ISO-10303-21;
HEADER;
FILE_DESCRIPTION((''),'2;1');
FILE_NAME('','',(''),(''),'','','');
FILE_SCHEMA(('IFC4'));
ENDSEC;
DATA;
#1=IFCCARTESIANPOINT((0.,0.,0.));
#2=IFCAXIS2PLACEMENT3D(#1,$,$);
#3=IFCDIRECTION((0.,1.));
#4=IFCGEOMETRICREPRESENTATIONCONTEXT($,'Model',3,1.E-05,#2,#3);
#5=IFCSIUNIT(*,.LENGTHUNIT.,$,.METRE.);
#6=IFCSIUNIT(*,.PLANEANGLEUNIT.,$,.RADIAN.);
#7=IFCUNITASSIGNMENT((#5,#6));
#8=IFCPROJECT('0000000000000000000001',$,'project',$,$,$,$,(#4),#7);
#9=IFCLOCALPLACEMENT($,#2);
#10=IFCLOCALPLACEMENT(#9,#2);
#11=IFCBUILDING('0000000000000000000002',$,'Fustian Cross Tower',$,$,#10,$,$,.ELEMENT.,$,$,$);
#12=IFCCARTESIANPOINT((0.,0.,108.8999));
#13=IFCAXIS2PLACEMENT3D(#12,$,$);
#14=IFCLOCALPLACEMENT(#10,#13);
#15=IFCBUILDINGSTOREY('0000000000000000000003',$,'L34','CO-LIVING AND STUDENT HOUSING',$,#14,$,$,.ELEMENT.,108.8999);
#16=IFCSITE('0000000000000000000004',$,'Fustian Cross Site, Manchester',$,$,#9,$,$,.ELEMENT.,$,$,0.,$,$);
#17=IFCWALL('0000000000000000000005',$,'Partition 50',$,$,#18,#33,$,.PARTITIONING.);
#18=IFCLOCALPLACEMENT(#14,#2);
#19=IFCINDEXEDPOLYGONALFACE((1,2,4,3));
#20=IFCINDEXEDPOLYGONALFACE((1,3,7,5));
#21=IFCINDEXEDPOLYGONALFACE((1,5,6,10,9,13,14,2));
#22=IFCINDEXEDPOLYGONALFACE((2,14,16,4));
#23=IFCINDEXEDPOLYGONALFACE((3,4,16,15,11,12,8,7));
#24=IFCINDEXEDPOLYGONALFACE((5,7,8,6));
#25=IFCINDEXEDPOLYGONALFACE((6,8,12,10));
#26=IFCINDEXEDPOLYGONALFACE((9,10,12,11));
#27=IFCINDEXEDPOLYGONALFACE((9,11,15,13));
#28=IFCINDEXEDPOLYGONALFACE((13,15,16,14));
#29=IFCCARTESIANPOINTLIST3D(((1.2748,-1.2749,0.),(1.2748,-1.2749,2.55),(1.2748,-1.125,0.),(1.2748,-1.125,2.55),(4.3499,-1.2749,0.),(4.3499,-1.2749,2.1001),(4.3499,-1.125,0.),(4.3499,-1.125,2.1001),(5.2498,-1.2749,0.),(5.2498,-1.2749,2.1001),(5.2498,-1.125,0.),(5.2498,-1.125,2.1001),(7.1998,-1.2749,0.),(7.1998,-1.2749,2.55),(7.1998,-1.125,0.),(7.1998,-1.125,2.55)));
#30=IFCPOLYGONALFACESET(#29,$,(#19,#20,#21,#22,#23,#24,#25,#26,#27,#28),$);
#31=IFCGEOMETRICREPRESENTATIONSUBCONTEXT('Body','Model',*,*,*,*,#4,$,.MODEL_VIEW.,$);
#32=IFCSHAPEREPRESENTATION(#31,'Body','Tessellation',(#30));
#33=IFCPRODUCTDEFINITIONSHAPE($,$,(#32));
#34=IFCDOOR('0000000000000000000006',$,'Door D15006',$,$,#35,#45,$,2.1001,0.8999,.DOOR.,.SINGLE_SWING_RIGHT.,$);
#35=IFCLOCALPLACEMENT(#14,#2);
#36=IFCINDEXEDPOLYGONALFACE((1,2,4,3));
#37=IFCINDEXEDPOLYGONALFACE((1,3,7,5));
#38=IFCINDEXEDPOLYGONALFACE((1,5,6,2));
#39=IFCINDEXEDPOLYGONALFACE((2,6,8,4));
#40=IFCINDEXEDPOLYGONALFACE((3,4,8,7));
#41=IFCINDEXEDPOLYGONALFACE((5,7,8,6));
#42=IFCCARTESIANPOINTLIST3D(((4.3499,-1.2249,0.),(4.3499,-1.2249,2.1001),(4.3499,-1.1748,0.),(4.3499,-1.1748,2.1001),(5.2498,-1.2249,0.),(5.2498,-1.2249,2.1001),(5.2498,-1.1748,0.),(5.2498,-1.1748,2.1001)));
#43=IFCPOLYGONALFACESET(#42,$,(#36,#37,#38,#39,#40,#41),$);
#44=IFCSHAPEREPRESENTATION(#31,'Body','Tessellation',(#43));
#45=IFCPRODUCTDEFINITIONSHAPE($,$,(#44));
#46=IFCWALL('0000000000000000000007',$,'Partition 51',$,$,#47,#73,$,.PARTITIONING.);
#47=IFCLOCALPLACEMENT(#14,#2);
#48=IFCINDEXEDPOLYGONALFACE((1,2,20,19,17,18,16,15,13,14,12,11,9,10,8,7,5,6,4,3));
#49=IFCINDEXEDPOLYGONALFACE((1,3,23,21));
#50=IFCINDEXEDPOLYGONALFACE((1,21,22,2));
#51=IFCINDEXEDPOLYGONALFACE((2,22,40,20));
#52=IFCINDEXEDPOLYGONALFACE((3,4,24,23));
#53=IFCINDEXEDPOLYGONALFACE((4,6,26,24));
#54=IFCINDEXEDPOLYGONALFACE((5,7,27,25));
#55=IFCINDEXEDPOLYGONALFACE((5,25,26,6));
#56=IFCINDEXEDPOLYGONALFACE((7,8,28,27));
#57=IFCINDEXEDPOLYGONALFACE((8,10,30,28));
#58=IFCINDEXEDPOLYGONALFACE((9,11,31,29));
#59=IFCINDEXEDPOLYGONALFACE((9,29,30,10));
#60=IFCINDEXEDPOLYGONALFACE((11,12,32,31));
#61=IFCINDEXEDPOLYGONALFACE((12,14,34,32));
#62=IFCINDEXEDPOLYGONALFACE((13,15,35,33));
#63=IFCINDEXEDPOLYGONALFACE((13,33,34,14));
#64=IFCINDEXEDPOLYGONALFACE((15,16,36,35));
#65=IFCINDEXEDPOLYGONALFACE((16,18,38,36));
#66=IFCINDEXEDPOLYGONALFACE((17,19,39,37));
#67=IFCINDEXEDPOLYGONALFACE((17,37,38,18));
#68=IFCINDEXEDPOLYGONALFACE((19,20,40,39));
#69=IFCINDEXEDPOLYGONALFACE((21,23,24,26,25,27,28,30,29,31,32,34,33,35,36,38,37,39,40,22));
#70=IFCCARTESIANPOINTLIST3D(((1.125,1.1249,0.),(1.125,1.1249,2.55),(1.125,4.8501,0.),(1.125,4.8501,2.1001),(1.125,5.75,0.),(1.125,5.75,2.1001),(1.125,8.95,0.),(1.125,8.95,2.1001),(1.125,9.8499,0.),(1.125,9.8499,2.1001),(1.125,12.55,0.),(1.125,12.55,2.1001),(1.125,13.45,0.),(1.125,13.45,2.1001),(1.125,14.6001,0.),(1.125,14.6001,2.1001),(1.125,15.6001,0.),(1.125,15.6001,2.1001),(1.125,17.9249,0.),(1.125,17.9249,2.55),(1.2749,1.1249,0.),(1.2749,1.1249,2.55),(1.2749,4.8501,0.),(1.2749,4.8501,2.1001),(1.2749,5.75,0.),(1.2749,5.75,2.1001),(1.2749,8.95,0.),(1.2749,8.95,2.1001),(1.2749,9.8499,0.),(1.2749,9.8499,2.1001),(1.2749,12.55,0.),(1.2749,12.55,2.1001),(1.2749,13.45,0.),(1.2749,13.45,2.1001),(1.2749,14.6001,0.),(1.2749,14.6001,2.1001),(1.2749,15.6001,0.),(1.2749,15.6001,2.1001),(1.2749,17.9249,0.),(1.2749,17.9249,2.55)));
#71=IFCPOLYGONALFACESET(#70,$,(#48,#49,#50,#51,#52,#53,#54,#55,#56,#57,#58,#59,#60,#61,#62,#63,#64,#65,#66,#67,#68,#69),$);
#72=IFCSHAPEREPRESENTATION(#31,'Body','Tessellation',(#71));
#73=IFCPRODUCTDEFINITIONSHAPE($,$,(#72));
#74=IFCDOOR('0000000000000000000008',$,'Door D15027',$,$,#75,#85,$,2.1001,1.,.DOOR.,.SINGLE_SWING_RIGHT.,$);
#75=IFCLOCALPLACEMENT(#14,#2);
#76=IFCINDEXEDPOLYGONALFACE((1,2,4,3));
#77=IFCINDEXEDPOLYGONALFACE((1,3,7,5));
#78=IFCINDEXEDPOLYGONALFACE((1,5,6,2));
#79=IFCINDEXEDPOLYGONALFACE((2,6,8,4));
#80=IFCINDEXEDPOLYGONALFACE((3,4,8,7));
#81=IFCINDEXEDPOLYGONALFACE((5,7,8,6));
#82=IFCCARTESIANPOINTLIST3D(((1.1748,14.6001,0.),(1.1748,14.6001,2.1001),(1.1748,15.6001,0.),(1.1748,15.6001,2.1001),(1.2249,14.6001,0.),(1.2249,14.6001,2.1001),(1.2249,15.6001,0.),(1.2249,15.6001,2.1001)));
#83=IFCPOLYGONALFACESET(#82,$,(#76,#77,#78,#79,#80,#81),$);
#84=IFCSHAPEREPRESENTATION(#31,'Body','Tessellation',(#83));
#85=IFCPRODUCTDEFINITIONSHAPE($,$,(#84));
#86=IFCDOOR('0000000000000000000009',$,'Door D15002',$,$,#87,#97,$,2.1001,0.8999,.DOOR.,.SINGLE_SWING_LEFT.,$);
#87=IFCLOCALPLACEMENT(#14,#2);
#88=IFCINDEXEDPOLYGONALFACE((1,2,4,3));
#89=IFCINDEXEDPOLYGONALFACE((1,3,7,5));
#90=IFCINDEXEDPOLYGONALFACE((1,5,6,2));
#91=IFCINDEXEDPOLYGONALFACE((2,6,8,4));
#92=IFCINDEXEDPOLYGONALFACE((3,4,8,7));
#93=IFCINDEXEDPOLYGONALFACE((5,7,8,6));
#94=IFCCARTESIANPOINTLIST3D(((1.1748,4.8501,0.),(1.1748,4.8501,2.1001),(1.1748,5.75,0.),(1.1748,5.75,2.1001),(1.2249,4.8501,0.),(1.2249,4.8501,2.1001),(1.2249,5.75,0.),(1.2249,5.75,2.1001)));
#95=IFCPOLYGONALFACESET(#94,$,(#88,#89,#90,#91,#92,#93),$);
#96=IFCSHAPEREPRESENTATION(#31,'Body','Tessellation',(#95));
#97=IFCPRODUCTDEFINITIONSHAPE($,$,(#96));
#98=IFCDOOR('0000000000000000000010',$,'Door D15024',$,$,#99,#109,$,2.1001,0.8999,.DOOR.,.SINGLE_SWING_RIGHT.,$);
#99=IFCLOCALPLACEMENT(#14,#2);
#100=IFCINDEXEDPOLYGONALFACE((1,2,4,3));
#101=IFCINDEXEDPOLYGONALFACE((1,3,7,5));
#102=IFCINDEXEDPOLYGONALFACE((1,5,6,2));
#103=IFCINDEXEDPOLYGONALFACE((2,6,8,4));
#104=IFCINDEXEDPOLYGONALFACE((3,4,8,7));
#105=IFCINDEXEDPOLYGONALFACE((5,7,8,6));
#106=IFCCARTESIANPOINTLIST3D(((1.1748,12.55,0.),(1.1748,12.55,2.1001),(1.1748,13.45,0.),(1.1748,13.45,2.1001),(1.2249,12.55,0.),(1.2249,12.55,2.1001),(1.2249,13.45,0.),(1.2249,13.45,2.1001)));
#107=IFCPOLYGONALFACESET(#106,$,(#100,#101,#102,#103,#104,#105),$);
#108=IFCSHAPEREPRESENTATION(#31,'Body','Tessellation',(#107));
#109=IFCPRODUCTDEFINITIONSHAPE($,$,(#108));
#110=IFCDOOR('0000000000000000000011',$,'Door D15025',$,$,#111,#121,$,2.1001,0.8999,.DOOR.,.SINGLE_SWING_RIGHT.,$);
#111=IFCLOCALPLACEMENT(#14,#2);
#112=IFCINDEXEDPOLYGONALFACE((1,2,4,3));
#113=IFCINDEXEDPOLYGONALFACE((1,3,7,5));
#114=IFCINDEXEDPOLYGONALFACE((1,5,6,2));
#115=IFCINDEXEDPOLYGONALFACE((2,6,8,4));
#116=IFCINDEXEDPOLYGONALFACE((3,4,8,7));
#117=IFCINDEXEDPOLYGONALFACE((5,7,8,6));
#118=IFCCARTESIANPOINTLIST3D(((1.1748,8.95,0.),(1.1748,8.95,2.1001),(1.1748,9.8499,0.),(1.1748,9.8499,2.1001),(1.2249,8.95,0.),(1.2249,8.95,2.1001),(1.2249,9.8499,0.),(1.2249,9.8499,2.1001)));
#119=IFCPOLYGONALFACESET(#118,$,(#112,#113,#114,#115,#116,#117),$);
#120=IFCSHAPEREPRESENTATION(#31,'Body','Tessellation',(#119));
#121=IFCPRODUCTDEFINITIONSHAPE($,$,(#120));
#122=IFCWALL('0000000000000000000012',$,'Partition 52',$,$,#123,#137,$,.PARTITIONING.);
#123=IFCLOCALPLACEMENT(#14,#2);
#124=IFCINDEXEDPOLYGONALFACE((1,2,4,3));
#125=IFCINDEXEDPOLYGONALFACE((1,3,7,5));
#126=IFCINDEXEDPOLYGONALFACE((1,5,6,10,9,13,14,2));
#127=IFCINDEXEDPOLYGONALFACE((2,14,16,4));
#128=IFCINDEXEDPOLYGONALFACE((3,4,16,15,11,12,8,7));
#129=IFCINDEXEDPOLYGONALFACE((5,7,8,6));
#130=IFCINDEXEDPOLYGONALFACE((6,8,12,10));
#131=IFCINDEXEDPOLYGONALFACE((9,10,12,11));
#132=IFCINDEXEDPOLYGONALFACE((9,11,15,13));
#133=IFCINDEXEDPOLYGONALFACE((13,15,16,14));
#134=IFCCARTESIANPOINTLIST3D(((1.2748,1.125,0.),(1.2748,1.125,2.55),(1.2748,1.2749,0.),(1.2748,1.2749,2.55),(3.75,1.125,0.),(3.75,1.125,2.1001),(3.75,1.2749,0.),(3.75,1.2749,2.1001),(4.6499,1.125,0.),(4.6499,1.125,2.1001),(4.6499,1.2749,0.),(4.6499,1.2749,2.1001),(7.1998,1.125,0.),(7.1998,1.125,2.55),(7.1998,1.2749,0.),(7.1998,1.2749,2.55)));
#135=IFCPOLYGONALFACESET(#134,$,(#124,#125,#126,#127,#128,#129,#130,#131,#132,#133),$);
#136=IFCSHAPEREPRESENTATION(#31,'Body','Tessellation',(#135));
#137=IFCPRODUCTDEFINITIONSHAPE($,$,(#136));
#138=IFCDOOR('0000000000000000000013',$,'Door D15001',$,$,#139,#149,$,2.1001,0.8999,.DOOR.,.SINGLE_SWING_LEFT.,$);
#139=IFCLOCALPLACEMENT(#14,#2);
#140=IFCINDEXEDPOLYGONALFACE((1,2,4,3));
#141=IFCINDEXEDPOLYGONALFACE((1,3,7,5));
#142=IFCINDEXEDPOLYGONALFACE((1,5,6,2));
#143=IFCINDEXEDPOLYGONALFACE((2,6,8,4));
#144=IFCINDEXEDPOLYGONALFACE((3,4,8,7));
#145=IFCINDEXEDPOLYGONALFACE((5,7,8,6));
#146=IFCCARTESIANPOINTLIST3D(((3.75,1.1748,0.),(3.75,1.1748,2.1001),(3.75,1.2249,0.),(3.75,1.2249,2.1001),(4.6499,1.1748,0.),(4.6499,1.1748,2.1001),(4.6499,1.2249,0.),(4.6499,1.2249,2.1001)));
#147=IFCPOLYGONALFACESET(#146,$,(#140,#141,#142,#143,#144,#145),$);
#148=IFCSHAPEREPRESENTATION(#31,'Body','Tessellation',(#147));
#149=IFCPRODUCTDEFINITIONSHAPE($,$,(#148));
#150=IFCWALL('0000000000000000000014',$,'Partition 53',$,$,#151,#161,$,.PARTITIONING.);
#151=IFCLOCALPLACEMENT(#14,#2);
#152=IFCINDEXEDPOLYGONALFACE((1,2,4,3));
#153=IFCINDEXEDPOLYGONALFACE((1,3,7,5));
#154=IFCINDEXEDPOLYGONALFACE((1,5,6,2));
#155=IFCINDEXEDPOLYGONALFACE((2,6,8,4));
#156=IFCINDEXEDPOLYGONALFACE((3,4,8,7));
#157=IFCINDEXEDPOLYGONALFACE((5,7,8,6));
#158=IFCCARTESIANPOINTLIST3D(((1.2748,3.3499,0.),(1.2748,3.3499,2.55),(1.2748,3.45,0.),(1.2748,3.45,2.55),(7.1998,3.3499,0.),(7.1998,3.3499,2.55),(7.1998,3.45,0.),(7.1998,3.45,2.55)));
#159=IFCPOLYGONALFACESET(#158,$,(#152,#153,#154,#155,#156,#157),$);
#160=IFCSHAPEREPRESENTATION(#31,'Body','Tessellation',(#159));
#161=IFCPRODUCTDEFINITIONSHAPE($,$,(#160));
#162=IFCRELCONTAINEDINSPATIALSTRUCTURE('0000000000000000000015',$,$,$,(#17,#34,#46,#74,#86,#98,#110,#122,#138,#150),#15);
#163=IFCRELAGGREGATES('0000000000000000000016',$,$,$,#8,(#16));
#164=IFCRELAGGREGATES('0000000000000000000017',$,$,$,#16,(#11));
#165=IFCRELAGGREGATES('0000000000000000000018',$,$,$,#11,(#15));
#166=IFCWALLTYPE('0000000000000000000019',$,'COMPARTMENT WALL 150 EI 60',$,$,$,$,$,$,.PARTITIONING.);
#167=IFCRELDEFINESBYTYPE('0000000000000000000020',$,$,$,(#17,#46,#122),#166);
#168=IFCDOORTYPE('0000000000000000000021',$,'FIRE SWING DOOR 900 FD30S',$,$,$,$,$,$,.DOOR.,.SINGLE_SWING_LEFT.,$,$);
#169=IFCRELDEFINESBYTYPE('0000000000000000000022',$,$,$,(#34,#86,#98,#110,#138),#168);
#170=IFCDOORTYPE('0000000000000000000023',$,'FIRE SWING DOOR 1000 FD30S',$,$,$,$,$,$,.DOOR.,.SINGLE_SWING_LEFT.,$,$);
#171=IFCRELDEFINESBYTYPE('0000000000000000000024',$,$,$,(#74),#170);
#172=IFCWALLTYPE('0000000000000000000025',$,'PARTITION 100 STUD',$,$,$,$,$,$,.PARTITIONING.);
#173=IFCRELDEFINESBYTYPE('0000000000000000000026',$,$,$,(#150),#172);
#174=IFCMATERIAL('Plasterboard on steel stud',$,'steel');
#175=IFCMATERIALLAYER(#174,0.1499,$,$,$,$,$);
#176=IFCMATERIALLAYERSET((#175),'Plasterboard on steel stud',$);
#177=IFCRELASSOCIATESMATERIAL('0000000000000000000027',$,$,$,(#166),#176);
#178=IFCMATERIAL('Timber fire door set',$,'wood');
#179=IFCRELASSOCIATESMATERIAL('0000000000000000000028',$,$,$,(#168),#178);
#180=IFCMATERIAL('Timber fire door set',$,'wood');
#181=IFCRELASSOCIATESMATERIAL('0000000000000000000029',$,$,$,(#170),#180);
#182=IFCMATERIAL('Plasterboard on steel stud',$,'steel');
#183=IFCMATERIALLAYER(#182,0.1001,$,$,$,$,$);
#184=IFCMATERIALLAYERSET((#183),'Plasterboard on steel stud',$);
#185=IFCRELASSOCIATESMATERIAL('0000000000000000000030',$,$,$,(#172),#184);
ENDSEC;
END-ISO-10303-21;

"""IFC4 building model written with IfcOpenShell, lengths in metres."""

from ifc_helpers import new_model, si_unit, direction, frame, frame_2d, origin, place, context, subcontext, project, spatial, rectangle, extrude, material, layer, layer_set, type_object, element, fill, save


model = new_model("IFC4")

# Units and contexts
model_context = context("Model", 3, precision=1e-05, world=origin(), true_north=direction((0.0, 1.0)))
body_context = subcontext(model_context, "Body", "Model", "MODEL_VIEW")
ifc_project = project(units=[si_unit("LENGTHUNIT", "METRE"), si_unit("PLANEANGLEUNIT", "RADIAN")], contexts=[model_context])

# Site, building, storey
site_placement = place(None, origin())
site = spatial("IfcSite", under=ifc_project, at=site_placement, Name="Fustian Cross Site, Manchester", CompositionType="ELEMENT", RefElevation=0.0)
building_placement = place(site_placement, origin())
building = spatial("IfcBuilding", under=site, at=building_placement, Name="Fustian Cross Tower", CompositionType="ELEMENT")
storey_placement = place(building_placement, frame((0.0, 0.0, 108.8999)))
storey = spatial("IfcBuildingStorey", under=building, at=storey_placement, Name="L34", Description="CO-LIVING AND STUDENT HOUSING", CompositionType="ELEMENT", Elevation=108.8999)

# Wall, opening, door
ifc_material_1 = material(Name="Plasterboard on steel stud", Category="steel")
ifc_layer_1 = layer(ifc_material_1, 0.1499)
ifc_layer_set_1 = layer_set([ifc_layer_1], Name="Plasterboard on steel stud")
wall_type_1 = type_object("IfcWallType", Name="COMPARTMENT WALL 150 EI 60", PredefinedType="PARTITIONING", material=ifc_layer_set_1)
wall_1_placement = place(storey_placement, frame((1.2749, -1.2, 0.0), z_axis=(0.0, 0.0, 1.0), x_axis=(1.0, 0.0, 0.0)))
wall_1 = element("IfcWall", 1, at=wall_1_placement, inside=storey, type_object=wall_type_1, Name="Partition 50", PredefinedType="PARTITIONING", context=body_context, shape_type="SweptSolid", body=[
    extrude(rectangle(XDim=5.925, YDim=0.1499, at=frame_2d((2.9624, 0.0))), origin(), (0.0, 0.0, 1.0), 2.55),
])
opening_1_placement = place(wall_1_placement, frame((3.075, 0.0, 0.0)))
opening_1 = element("IfcOpeningElement", 2, at=opening_1_placement, cuts=wall_1, PredefinedType="OPENING", context=body_context, shape_type="SweptSolid", body=[
    extrude(rectangle(XDim=0.8999, YDim=2.1001, at=frame_2d((0.45, 1.05))), frame((0.0, 0.085, 0.0), z_axis=(0.0, -1.0, 0.0), x_axis=(1.0, 0.0, 0.0)), (0.0, 0.0, 1.0), 0.1699),
])
ifc_material_2 = material(Name="Timber fire door set", Category="wood")
door_type_1 = type_object("IfcDoorType", Name="FIRE SWING DOOR 900 FD30S", OperationType="SINGLE_SWING_LEFT", PredefinedType="DOOR", material=ifc_material_2)
door_1_placement = place(opening_1_placement, frame((0.8999, 0.0, 0.0), z_axis=(0.0, 0.0, 1.0), x_axis=(-1.0, 0.0, 0.0)))
door_1 = element("IfcDoor", 3, at=door_1_placement, inside=storey, type_object=door_type_1, Name="Door D15006", OperationType="SINGLE_SWING_RIGHT", OverallHeight=2.1001, OverallWidth=0.8999, PredefinedType="DOOR", context=body_context, shape_type="SweptSolid", body=[
    extrude(rectangle(XDim=0.8999, YDim=2.1001, at=frame_2d((0.45, 1.05))), frame((0.0, 0.0249, 0.0), z_axis=(0.0, -1.0, 0.0), x_axis=(1.0, 0.0, 0.0)), (0.0, 0.0, 1.0), 0.05),
])
fill(opening_1, door_1)

# Wall, openings, doors
wall_2_placement = place(storey_placement, frame((1.2, 1.125, 0.0), z_axis=(0.0, 0.0, 1.0), x_axis=(0.0, 1.0, 0.0)))
wall_2 = element("IfcWall", 4, at=wall_2_placement, inside=storey, type_object=wall_type_1, Name="Partition 51", PredefinedType="PARTITIONING", context=body_context, shape_type="SweptSolid", body=[
    extrude(rectangle(XDim=16.8, YDim=0.1499, at=frame_2d((8.3999, 0.0))), origin(), (0.0, 0.0, 1.0), 2.55),
])
opening_2_placement = place(wall_2_placement, frame((3.7251, 0.0, 0.0)))
opening_2 = element("IfcOpeningElement", 5, at=opening_2_placement, cuts=wall_2, PredefinedType="OPENING", context=body_context, shape_type="SweptSolid", body=[
    extrude(rectangle(XDim=0.8999, YDim=2.1001, at=frame_2d((0.45, 1.05))), frame((0.0, 0.085, 0.0), z_axis=(0.0, -1.0, 0.0), x_axis=(1.0, 0.0, 0.0)), (0.0, 0.0, 1.0), 0.1699),
])
opening_3_placement = place(wall_2_placement, frame((11.425, 0.0, 0.0)))
opening_3 = element("IfcOpeningElement", 6, at=opening_3_placement, cuts=wall_2, PredefinedType="OPENING", context=body_context, shape_type="SweptSolid", body=[
    extrude(rectangle(XDim=0.8999, YDim=2.1001, at=frame_2d((0.45, 1.05))), frame((0.0, 0.085, 0.0), z_axis=(0.0, -1.0, 0.0), x_axis=(1.0, 0.0, 0.0)), (0.0, 0.0, 1.0), 0.1699),
])
opening_4_placement = place(wall_2_placement, frame((7.825, 0.0, 0.0)))
opening_4 = element("IfcOpeningElement", 7, at=opening_4_placement, cuts=wall_2, PredefinedType="OPENING", context=body_context, shape_type="SweptSolid", body=[
    extrude(rectangle(XDim=0.8999, YDim=2.1001, at=frame_2d((0.45, 1.05))), frame((0.0, 0.085, 0.0), z_axis=(0.0, -1.0, 0.0), x_axis=(1.0, 0.0, 0.0)), (0.0, 0.0, 1.0), 0.1699),
])
opening_5_placement = place(wall_2_placement, frame((13.4751, 0.0, 0.0)))
opening_5 = element("IfcOpeningElement", 8, at=opening_5_placement, cuts=wall_2, PredefinedType="OPENING", context=body_context, shape_type="SweptSolid", body=[
    extrude(rectangle(XDim=1.0, YDim=2.1001, at=frame_2d((0.5, 1.05))), frame((0.0, 0.085, 0.0), z_axis=(0.0, -1.0, 0.0), x_axis=(1.0, 0.0, 0.0)), (0.0, 0.0, 1.0), 0.1699),
])
ifc_material_3 = material(Name="Timber fire door set", Category="wood")
door_type_2 = type_object("IfcDoorType", Name="FIRE SWING DOOR 1000 FD30S", OperationType="SINGLE_SWING_LEFT", PredefinedType="DOOR", material=ifc_material_3)
door_2_placement = place(opening_5_placement, frame((1.0, 0.0, 0.0), z_axis=(0.0, 0.0, 1.0), x_axis=(-1.0, 0.0, 0.0)))
door_2 = element("IfcDoor", 9, at=door_2_placement, inside=storey, type_object=door_type_2, Name="Door D15027", OperationType="SINGLE_SWING_RIGHT", OverallHeight=2.1001, OverallWidth=1.0, PredefinedType="DOOR", context=body_context, shape_type="SweptSolid", body=[
    extrude(rectangle(XDim=1.0, YDim=2.1001, at=frame_2d((0.5, 1.05))), frame((0.0, 0.0249, 0.0), z_axis=(0.0, -1.0, 0.0), x_axis=(1.0, 0.0, 0.0)), (0.0, 0.0, 1.0), 0.05),
])
fill(opening_5, door_2)
door_3_placement = place(opening_2_placement, frame((0.8999, 0.0, 0.0), z_axis=(0.0, 0.0, 1.0), x_axis=(-1.0, 0.0, 0.0)))
door_3 = element("IfcDoor", 10, at=door_3_placement, inside=storey, type_object=door_type_1, Name="Door D15002", OperationType="SINGLE_SWING_LEFT", OverallHeight=2.1001, OverallWidth=0.8999, PredefinedType="DOOR", context=body_context, shape_type="SweptSolid", body=[
    extrude(rectangle(XDim=0.8999, YDim=2.1001, at=frame_2d((0.45, 1.05))), frame((0.0, 0.0249, 0.0), z_axis=(0.0, -1.0, 0.0), x_axis=(1.0, 0.0, 0.0)), (0.0, 0.0, 1.0), 0.05),
])
fill(opening_2, door_3)
door_4_placement = place(opening_3_placement, frame((0.8999, 0.0, 0.0), z_axis=(0.0, 0.0, 1.0), x_axis=(-1.0, 0.0, 0.0)))
door_4 = element("IfcDoor", 11, at=door_4_placement, inside=storey, type_object=door_type_1, Name="Door D15024", OperationType="SINGLE_SWING_RIGHT", OverallHeight=2.1001, OverallWidth=0.8999, PredefinedType="DOOR", context=body_context, shape_type="SweptSolid", body=[
    extrude(rectangle(XDim=0.8999, YDim=2.1001, at=frame_2d((0.45, 1.05))), frame((0.0, 0.0249, 0.0), z_axis=(0.0, -1.0, 0.0), x_axis=(1.0, 0.0, 0.0)), (0.0, 0.0, 1.0), 0.05),
])
fill(opening_3, door_4)
door_5_placement = place(opening_4_placement, frame((0.8999, 0.0, 0.0), z_axis=(0.0, 0.0, 1.0), x_axis=(-1.0, 0.0, 0.0)))
door_5 = element("IfcDoor", 12, at=door_5_placement, inside=storey, type_object=door_type_1, Name="Door D15025", OperationType="SINGLE_SWING_RIGHT", OverallHeight=2.1001, OverallWidth=0.8999, PredefinedType="DOOR", context=body_context, shape_type="SweptSolid", body=[
    extrude(rectangle(XDim=0.8999, YDim=2.1001, at=frame_2d((0.45, 1.05))), frame((0.0, 0.0249, 0.0), z_axis=(0.0, -1.0, 0.0), x_axis=(1.0, 0.0, 0.0)), (0.0, 0.0, 1.0), 0.05),
])
fill(opening_4, door_5)

# Wall, opening, door
wall_3_placement = place(storey_placement, frame((1.2749, 1.2, 0.0), z_axis=(0.0, 0.0, 1.0), x_axis=(1.0, 0.0, 0.0)))
wall_3 = element("IfcWall", 13, at=wall_3_placement, inside=storey, type_object=wall_type_1, Name="Partition 52", PredefinedType="PARTITIONING", context=body_context, shape_type="SweptSolid", body=[
    extrude(rectangle(XDim=5.925, YDim=0.1499, at=frame_2d((2.9624, 0.0))), origin(), (0.0, 0.0, 1.0), 2.55),
])
opening_6_placement = place(wall_3_placement, frame((2.4751, 0.0, 0.0)))
opening_6 = element("IfcOpeningElement", 14, at=opening_6_placement, cuts=wall_3, PredefinedType="OPENING", context=body_context, shape_type="SweptSolid", body=[
    extrude(rectangle(XDim=0.8999, YDim=2.1001, at=frame_2d((0.45, 1.05))), frame((0.0, 0.085, 0.0), z_axis=(0.0, -1.0, 0.0), x_axis=(1.0, 0.0, 0.0)), (0.0, 0.0, 1.0), 0.1699),
])
door_6_placement = place(opening_6_placement, origin())
door_6 = element("IfcDoor", 15, at=door_6_placement, inside=storey, type_object=door_type_1, Name="Door D15001", OperationType="SINGLE_SWING_LEFT", OverallHeight=2.1001, OverallWidth=0.8999, PredefinedType="DOOR", context=body_context, shape_type="SweptSolid", body=[
    extrude(rectangle(XDim=0.8999, YDim=2.1001, at=frame_2d((0.45, 1.05))), frame((0.0, 0.0249, 0.0), z_axis=(0.0, -1.0, 0.0), x_axis=(1.0, 0.0, 0.0)), (0.0, 0.0, 1.0), 0.05),
])
fill(opening_6, door_6)

# Wall
ifc_material_4 = material(Name="Plasterboard on steel stud", Category="steel")
ifc_layer_2 = layer(ifc_material_4, 0.1001)
ifc_layer_set_2 = layer_set([ifc_layer_2], Name="Plasterboard on steel stud")
wall_type_2 = type_object("IfcWallType", Name="PARTITION 100 STUD", PredefinedType="PARTITIONING", material=ifc_layer_set_2)
wall_4_placement = place(storey_placement, frame((1.2749, 3.3999, 0.0), z_axis=(0.0, 0.0, 1.0), x_axis=(1.0, 0.0, 0.0)))
element("IfcWall", 16, at=wall_4_placement, inside=storey, type_object=wall_type_2, Name="Partition 53", PredefinedType="PARTITIONING", context=body_context, shape_type="SweptSolid", body=[
    extrude(rectangle(XDim=5.925, YDim=0.1001, at=frame_2d((2.9624, 0.0))), origin(), (0.0, 0.0, 1.0), 2.55),
])

save(model, "model.ifc")
